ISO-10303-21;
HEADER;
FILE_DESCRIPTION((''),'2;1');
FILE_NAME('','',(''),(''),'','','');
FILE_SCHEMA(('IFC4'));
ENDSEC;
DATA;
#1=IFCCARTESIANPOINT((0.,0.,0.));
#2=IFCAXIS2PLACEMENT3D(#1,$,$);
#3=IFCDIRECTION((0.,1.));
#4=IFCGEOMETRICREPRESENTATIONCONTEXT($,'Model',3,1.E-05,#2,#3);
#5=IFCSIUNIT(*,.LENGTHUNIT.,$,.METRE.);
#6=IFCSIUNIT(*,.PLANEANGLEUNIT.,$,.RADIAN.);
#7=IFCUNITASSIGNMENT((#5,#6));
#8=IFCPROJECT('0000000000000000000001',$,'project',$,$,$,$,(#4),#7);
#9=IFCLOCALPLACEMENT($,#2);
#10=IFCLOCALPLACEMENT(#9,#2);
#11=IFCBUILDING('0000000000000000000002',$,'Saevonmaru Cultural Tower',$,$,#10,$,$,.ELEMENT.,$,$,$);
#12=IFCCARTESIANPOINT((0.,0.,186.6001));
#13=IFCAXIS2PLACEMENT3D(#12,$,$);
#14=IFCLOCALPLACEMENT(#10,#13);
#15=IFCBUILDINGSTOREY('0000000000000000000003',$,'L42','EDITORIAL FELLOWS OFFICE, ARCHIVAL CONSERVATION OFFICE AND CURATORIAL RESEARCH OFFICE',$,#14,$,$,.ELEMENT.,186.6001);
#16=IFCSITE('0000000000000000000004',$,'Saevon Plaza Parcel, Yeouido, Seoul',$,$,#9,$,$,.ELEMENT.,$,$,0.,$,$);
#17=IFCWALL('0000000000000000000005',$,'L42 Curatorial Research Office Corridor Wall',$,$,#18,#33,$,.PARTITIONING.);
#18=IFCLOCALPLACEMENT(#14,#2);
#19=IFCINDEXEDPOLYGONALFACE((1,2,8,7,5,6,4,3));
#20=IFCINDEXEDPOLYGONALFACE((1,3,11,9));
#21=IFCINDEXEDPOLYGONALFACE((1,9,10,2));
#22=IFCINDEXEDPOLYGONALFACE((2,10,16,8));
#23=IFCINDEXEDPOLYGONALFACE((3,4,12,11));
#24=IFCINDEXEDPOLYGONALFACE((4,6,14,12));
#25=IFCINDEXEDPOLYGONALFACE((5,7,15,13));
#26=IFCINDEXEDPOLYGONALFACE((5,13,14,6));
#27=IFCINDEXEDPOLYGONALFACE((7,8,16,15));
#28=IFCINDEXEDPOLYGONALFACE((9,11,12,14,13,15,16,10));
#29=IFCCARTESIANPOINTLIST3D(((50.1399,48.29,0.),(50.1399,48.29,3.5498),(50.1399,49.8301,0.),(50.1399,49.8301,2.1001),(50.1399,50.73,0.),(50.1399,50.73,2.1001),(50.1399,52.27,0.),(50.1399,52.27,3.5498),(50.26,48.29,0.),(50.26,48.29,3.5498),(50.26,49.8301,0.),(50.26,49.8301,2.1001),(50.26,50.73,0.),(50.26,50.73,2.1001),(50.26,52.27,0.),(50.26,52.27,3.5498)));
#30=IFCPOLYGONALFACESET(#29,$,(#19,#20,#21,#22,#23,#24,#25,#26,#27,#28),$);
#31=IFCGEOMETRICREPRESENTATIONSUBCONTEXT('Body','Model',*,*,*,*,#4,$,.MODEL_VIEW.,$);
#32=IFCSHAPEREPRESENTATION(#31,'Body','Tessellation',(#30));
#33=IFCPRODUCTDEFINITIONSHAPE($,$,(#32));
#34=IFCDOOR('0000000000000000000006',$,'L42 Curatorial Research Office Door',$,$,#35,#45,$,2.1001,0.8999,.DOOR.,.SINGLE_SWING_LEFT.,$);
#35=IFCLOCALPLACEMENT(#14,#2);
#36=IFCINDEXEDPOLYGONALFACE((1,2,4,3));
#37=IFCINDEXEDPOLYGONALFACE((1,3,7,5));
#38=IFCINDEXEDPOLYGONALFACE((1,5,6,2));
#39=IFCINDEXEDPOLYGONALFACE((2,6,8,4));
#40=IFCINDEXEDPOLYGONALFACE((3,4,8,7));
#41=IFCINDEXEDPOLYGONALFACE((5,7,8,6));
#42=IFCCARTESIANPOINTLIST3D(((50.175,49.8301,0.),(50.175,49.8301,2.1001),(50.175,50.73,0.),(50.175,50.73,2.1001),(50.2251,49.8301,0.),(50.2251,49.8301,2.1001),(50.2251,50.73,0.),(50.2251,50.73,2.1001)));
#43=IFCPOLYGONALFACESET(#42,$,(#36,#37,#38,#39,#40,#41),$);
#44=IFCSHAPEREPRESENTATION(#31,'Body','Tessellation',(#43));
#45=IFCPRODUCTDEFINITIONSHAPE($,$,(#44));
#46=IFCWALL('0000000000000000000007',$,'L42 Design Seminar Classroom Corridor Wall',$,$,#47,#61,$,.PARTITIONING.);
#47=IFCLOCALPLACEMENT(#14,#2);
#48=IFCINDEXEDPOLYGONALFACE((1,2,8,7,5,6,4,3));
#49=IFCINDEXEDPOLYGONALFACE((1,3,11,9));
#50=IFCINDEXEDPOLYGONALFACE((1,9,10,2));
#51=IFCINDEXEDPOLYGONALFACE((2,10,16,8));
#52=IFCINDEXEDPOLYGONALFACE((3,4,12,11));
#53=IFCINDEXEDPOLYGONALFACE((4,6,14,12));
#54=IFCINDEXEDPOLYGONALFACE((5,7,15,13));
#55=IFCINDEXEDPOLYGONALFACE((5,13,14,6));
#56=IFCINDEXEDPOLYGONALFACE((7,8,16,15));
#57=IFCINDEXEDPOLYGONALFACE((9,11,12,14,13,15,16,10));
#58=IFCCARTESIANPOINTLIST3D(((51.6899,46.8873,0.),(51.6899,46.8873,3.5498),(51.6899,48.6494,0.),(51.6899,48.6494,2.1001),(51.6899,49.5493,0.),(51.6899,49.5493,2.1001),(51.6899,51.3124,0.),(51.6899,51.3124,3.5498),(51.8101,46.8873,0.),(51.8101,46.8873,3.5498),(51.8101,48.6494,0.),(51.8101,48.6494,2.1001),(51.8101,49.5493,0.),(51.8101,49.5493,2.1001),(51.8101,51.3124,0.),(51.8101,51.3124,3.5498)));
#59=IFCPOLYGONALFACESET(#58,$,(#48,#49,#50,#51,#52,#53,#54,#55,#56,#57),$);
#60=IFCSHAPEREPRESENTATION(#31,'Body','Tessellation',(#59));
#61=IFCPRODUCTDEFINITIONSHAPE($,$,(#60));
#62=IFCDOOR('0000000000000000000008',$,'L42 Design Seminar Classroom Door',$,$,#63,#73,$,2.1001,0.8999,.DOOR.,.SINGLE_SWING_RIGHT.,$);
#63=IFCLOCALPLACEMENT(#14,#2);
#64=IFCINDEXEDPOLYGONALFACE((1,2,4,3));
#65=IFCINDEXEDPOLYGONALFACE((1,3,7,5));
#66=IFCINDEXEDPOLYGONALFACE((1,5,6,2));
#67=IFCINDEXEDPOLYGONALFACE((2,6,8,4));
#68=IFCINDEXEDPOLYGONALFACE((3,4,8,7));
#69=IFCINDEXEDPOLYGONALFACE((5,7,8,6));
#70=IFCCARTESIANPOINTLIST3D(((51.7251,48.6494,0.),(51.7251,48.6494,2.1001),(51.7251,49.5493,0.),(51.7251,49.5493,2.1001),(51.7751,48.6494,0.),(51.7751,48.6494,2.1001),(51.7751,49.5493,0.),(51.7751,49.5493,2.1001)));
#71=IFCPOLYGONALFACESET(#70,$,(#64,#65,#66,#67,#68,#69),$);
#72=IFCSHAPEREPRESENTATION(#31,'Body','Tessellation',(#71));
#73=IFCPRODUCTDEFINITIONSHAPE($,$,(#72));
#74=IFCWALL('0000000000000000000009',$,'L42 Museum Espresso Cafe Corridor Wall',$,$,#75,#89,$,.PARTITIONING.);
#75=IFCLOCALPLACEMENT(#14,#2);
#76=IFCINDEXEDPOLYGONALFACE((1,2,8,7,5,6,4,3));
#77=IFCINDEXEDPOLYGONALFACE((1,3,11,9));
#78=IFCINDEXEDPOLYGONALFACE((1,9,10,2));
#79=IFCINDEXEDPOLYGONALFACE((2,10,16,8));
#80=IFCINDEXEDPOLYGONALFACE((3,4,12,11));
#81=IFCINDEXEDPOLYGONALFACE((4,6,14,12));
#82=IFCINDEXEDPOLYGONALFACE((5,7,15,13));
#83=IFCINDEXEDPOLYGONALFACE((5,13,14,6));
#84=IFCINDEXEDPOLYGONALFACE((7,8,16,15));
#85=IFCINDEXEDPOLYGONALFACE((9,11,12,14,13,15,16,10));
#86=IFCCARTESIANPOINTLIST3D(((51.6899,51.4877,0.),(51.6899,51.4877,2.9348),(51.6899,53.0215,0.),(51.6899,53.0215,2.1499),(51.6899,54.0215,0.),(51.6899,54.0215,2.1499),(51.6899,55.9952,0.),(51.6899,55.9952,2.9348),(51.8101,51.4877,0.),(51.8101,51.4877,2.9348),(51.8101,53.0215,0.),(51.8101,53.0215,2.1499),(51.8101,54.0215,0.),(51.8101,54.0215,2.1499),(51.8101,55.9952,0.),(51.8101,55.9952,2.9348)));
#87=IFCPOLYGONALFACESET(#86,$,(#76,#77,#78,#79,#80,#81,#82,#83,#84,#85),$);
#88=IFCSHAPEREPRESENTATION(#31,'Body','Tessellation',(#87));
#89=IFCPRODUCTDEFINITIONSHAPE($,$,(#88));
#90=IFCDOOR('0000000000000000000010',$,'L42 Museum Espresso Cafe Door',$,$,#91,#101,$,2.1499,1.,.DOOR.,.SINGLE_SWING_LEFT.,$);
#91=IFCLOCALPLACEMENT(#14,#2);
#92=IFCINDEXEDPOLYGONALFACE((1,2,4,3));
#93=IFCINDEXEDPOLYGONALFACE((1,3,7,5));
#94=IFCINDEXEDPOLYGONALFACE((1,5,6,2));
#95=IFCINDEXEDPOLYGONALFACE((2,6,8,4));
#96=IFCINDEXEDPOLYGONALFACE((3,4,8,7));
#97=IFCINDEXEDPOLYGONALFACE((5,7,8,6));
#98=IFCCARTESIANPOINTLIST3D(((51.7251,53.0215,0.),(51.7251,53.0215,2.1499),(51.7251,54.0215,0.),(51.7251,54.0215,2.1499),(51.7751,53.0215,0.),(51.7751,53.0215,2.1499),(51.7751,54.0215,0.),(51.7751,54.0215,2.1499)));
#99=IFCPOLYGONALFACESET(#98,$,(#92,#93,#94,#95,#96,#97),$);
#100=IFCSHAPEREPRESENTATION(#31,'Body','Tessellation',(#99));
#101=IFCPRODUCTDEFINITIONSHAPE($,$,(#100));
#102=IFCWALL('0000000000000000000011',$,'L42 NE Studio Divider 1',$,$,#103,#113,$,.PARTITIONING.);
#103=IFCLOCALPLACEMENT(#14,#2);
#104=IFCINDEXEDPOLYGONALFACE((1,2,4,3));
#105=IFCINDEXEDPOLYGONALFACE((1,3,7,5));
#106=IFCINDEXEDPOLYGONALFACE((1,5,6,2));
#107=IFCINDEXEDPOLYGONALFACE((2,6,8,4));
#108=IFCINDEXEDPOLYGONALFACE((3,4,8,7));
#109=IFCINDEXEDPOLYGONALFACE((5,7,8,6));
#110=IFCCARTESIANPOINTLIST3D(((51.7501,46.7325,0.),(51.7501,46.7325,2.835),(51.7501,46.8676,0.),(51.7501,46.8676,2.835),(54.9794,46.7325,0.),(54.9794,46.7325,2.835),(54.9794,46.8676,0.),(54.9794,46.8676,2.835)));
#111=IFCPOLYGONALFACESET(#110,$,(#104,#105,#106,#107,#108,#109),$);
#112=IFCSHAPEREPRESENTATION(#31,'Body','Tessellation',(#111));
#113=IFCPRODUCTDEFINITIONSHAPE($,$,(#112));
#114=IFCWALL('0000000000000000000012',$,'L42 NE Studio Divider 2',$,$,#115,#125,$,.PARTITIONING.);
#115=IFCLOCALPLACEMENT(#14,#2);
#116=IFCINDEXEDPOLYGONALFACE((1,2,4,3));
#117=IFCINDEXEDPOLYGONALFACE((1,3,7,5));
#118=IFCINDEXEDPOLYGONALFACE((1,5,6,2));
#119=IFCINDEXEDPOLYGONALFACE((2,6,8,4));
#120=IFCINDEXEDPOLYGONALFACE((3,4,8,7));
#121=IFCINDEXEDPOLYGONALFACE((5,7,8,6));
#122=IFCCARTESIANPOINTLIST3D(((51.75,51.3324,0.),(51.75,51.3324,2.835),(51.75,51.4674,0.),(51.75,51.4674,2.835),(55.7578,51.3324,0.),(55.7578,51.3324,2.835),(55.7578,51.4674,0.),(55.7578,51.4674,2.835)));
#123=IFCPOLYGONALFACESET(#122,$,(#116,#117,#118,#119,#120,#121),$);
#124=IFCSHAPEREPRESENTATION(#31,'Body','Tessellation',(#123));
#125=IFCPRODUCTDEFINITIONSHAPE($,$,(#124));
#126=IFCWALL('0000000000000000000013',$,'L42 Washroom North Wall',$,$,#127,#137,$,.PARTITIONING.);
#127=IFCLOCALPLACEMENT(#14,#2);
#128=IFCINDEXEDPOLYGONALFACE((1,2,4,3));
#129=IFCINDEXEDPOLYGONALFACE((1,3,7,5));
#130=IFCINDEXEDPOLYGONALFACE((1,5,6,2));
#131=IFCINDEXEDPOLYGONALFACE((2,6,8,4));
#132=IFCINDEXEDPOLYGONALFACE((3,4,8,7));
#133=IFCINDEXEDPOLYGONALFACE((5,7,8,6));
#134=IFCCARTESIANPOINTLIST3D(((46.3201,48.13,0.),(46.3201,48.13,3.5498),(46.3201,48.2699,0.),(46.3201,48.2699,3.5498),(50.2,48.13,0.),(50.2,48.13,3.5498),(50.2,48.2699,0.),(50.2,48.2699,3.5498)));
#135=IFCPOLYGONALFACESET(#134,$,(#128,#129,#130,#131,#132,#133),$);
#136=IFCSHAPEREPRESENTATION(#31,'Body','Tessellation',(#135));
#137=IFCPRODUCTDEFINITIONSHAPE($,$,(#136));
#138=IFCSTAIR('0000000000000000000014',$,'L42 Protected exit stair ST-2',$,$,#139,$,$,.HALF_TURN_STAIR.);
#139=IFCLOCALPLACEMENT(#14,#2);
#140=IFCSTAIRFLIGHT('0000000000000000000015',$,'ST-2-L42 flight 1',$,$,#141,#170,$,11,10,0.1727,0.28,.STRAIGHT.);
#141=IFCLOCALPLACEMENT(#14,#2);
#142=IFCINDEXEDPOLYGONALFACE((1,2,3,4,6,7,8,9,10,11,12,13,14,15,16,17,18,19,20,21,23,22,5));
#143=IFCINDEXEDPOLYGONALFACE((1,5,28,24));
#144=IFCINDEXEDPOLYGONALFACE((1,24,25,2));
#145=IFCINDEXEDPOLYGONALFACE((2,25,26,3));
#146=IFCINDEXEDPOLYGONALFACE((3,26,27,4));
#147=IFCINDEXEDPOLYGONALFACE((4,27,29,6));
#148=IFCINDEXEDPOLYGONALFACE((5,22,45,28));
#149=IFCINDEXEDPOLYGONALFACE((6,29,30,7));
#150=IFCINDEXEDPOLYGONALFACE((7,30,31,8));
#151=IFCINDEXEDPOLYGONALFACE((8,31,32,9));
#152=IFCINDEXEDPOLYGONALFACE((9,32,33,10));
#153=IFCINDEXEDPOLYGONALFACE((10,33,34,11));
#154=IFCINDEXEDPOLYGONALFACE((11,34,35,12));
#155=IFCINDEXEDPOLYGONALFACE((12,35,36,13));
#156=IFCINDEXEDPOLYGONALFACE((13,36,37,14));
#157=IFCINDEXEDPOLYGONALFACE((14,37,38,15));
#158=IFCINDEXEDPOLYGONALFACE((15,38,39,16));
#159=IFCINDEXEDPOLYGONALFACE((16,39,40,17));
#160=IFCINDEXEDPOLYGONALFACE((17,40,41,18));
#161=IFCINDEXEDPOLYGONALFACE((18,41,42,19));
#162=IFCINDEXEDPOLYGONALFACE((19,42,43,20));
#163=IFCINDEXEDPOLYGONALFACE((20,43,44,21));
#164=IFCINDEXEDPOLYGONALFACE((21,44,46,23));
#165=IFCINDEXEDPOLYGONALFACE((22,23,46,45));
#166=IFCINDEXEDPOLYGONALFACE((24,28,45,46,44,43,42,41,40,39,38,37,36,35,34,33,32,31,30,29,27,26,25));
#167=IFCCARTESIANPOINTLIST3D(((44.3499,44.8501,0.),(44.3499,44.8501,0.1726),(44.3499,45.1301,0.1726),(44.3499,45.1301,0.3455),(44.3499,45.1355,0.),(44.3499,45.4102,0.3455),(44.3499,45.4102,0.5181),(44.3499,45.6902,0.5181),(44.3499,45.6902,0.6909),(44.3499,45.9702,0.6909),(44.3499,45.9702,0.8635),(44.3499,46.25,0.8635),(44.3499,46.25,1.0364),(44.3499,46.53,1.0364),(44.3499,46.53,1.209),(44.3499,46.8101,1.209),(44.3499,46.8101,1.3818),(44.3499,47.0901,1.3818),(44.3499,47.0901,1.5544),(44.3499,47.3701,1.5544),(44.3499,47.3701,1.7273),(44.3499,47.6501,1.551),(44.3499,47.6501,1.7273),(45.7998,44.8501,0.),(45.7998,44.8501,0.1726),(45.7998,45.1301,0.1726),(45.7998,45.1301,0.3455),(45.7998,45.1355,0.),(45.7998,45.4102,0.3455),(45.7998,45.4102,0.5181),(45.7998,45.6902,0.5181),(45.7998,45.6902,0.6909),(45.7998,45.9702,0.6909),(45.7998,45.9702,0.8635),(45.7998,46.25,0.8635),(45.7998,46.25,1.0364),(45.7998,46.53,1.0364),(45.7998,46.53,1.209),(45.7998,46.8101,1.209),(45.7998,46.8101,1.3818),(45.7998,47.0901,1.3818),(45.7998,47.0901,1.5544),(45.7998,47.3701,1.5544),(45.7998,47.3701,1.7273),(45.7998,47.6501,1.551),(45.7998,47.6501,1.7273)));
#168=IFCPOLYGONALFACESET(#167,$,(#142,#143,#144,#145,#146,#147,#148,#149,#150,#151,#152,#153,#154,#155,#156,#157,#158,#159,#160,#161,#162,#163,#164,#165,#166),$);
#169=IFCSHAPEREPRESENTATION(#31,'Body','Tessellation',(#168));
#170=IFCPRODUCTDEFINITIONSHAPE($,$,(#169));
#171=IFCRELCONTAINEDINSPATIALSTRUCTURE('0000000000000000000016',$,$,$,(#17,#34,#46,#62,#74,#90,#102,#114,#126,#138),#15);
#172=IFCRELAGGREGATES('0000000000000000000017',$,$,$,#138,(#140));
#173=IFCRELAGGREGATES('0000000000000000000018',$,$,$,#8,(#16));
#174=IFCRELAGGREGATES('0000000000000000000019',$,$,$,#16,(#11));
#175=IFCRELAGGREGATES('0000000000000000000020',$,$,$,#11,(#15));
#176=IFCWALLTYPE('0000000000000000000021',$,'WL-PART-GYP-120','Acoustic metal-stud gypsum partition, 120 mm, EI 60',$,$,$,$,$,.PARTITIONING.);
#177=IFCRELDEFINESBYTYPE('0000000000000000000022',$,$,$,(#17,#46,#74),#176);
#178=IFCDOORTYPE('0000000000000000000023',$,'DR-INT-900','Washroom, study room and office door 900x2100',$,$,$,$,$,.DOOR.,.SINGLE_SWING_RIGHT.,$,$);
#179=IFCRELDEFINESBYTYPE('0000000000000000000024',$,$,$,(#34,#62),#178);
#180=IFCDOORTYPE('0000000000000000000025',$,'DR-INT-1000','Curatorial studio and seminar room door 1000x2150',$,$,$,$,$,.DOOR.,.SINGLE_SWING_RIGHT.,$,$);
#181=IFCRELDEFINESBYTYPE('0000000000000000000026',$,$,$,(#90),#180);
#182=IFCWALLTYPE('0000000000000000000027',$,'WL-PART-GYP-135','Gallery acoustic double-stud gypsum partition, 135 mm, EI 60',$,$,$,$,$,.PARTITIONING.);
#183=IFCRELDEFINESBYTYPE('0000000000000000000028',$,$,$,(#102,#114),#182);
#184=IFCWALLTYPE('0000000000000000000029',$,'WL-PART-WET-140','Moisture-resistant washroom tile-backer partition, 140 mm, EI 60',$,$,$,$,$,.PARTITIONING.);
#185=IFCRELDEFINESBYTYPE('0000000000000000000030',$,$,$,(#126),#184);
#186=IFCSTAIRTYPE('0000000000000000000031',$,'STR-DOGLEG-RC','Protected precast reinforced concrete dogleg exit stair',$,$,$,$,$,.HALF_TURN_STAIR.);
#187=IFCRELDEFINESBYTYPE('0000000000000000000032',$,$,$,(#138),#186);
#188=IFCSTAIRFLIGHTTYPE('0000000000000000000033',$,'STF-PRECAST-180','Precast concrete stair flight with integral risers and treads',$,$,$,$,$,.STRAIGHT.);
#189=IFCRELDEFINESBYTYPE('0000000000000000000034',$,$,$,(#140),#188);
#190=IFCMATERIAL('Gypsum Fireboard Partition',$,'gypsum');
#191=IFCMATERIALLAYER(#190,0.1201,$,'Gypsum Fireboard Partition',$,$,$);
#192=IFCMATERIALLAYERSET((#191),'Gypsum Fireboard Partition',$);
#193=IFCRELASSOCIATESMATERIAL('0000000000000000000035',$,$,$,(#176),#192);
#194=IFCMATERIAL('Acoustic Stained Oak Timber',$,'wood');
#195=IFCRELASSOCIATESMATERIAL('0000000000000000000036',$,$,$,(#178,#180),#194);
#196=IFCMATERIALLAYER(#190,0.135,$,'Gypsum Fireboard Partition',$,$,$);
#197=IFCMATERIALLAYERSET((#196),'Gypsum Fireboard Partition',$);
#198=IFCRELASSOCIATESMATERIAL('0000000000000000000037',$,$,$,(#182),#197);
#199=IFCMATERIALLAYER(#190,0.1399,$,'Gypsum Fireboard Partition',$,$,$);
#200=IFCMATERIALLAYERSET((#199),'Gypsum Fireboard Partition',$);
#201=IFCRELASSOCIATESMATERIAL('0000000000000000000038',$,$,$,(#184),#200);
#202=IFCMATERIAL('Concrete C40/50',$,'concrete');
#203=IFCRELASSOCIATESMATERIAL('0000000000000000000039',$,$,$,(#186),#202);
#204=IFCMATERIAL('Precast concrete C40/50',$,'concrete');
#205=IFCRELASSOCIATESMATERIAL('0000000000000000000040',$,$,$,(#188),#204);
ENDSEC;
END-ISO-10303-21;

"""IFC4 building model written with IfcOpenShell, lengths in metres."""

from ifc_helpers import new_model, si_unit, direction, frame, frame_2d, origin, place, context, subcontext, project, spatial, polyline, rectangle, outline, extrude, material, layer, layer_set, type_object, element, fill, aggregate, save


model = new_model("IFC4")

# Units and contexts
model_context = context("Model", 3, precision=1e-05, world=origin(), true_north=direction((0.0, 1.0)))
body_context = subcontext(model_context, "Body", "Model", "MODEL_VIEW")
ifc_project = project(units=[si_unit("LENGTHUNIT", "METRE"), si_unit("PLANEANGLEUNIT", "RADIAN")], contexts=[model_context])

# Site, building, storey
site_placement = place(None, origin())
site = spatial("IfcSite", under=ifc_project, at=site_placement, Name="Saevon Plaza Parcel, Yeouido, Seoul", CompositionType="ELEMENT", RefElevation=0.0)
building_placement = place(site_placement, origin())
building = spatial("IfcBuilding", under=site, at=building_placement, Name="Saevonmaru Cultural Tower", CompositionType="ELEMENT")
storey_placement = place(building_placement, frame((0.0, 0.0, 186.6001)))
storey = spatial("IfcBuildingStorey", under=building, at=storey_placement, Name="L42", Description="EDITORIAL FELLOWS OFFICE, ARCHIVAL CONSERVATION OFFICE AND CURATORIAL RESEARCH OFFICE", CompositionType="ELEMENT", Elevation=186.6001)

# Walls, openings, doors
ifc_material_1 = material(Name="Gypsum Fireboard Partition", Category="gypsum")
ifc_layer_1 = layer(ifc_material_1, 0.1201, Name="Gypsum Fireboard Partition")
ifc_layer_set_1 = layer_set([ifc_layer_1], Name="Gypsum Fireboard Partition")
wall_type_1 = type_object("IfcWallType", Name="WL-PART-GYP-120", Description="Acoustic metal-stud gypsum partition, 120 mm, EI 60", PredefinedType="PARTITIONING", material=ifc_layer_set_1)
wall_1_placement = place(storey_placement, frame((50.2, 48.29, 0.0), z_axis=(0.0, 0.0, 1.0), x_axis=(0.0, 1.0, 0.0)))
wall_1 = element("IfcWall", 1, at=wall_1_placement, inside=storey, type_object=wall_type_1, Name="L42 Curatorial Research Office Corridor Wall", PredefinedType="PARTITIONING", context=body_context, shape_type="SweptSolid", body=[
    extrude(rectangle(XDim=3.98, YDim=0.1201, at=frame_2d((1.99, 0.0))), origin(), (0.0, 0.0, 1.0), 3.5498),
])
opening_1_placement = place(wall_1_placement, frame((1.54, 0.0, 0.0)))
opening_1 = element("IfcOpeningElement", 2, at=opening_1_placement, cuts=wall_1, PredefinedType="OPENING", context=body_context, shape_type="SweptSolid", body=[
    extrude(rectangle(XDim=0.8999, YDim=2.1001, at=frame_2d((0.45, 1.05))), frame((0.0, 0.0701, 0.0), z_axis=(0.0, -1.0, 0.0), x_axis=(1.0, 0.0, 0.0)), (0.0, 0.0, 1.0), 0.1401),
])
ifc_material_2 = material(Name="Acoustic Stained Oak Timber", Category="wood")
door_type_1 = type_object("IfcDoorType", Name="DR-INT-900", Description="Washroom, study room and office door 900x2100", OperationType="SINGLE_SWING_RIGHT", PredefinedType="DOOR", material=ifc_material_2)
door_1_placement = place(opening_1_placement, origin())
door_1 = element("IfcDoor", 3, at=door_1_placement, inside=storey, type_object=door_type_1, Name="L42 Curatorial Research Office Door", OperationType="SINGLE_SWING_LEFT", OverallHeight=2.1001, OverallWidth=0.8999, PredefinedType="DOOR", context=body_context, shape_type="SweptSolid", body=[
    extrude(rectangle(XDim=0.8999, YDim=2.1001, at=frame_2d((0.45, 1.05))), frame((0.0, 0.0249, 0.0), z_axis=(0.0, -1.0, 0.0), x_axis=(1.0, 0.0, 0.0)), (0.0, 0.0, 1.0), 0.05),
])
fill(opening_1, door_1)
wall_2_placement = place(storey_placement, frame((51.75, 46.8875, 0.0), z_axis=(0.0, 0.0, 1.0), x_axis=(0.0, 1.0, 0.0)))
wall_2 = element("IfcWall", 4, at=wall_2_placement, inside=storey, type_object=wall_type_1, Name="L42 Design Seminar Classroom Corridor Wall", PredefinedType="PARTITIONING", context=body_context, shape_type="SweptSolid", body=[
    extrude(rectangle(XDim=4.425, YDim=0.1201, at=frame_2d((2.2124, 0.0))), origin(), (0.0, 0.0, 1.0), 3.5498),
])
opening_2_placement = place(wall_2_placement, frame((1.762, 0.0, 0.0)))
opening_2 = element("IfcOpeningElement", 5, at=opening_2_placement, cuts=wall_2, PredefinedType="OPENING", context=body_context, shape_type="SweptSolid", body=[
    extrude(rectangle(XDim=0.8999, YDim=2.1001, at=frame_2d((0.45, 1.05))), frame((0.0, 0.0701, 0.0), z_axis=(0.0, -1.0, 0.0), x_axis=(1.0, 0.0, 0.0)), (0.0, 0.0, 1.0), 0.1401),
])
door_2_placement = place(opening_2_placement, origin())
door_2 = element("IfcDoor", 6, at=door_2_placement, inside=storey, type_object=door_type_1, Name="L42 Design Seminar Classroom Door", OperationType="SINGLE_SWING_RIGHT", OverallHeight=2.1001, OverallWidth=0.8999, PredefinedType="DOOR", context=body_context, shape_type="SweptSolid", body=[
    extrude(rectangle(XDim=0.8999, YDim=2.1001, at=frame_2d((0.45, 1.05))), frame((0.0, 0.0249, 0.0), z_axis=(0.0, -1.0, 0.0), x_axis=(1.0, 0.0, 0.0)), (0.0, 0.0, 1.0), 0.05),
])
fill(opening_2, door_2)
wall_3_placement = place(storey_placement, frame((51.75, 51.4875, 0.0), z_axis=(0.0, 0.0, 1.0), x_axis=(0.0, 1.0, 0.0)))
wall_3 = element("IfcWall", 7, at=wall_3_placement, inside=storey, type_object=wall_type_1, Name="L42 Museum Espresso Cafe Corridor Wall", PredefinedType="PARTITIONING", context=body_context, shape_type="SweptSolid", body=[
    extrude(rectangle(XDim=4.5076, YDim=0.1201, at=frame_2d((2.2539, 0.0))), origin(), (0.0, 0.0, 1.0), 2.9348),
])
opening_3_placement = place(wall_3_placement, frame((1.5339, 0.0, 0.0)))
opening_3 = element("IfcOpeningElement", 8, at=opening_3_placement, cuts=wall_3, PredefinedType="OPENING", context=body_context, shape_type="SweptSolid", body=[
    extrude(rectangle(XDim=1.0, YDim=2.1499, at=frame_2d((0.5, 1.075))), frame((0.0, 0.0701, 0.0), z_axis=(0.0, -1.0, 0.0), x_axis=(1.0, 0.0, 0.0)), (0.0, 0.0, 1.0), 0.1401),
])
door_type_2 = type_object("IfcDoorType", Name="DR-INT-1000", Description="Curatorial studio and seminar room door 1000x2150", OperationType="SINGLE_SWING_RIGHT", PredefinedType="DOOR", material=ifc_material_2)
door_3_placement = place(opening_3_placement, origin())
door_3 = element("IfcDoor", 9, at=door_3_placement, inside=storey, type_object=door_type_2, Name="L42 Museum Espresso Cafe Door", OperationType="SINGLE_SWING_LEFT", OverallHeight=2.1499, OverallWidth=1.0, PredefinedType="DOOR", context=body_context, shape_type="SweptSolid", body=[
    extrude(rectangle(XDim=1.0, YDim=2.1499, at=frame_2d((0.5, 1.075))), frame((0.0, 0.0249, 0.0), z_axis=(0.0, -1.0, 0.0), x_axis=(1.0, 0.0, 0.0)), (0.0, 0.0, 1.0), 0.05),
])
fill(opening_3, door_3)

# Walls
ifc_layer_2 = layer(ifc_material_1, 0.135, Name="Gypsum Fireboard Partition")
ifc_layer_set_2 = layer_set([ifc_layer_2], Name="Gypsum Fireboard Partition")
wall_type_2 = type_object("IfcWallType", Name="WL-PART-GYP-135", Description="Gallery acoustic double-stud gypsum partition, 135 mm, EI 60", PredefinedType="PARTITIONING", material=ifc_layer_set_2)
wall_4_placement = place(storey_placement, frame((51.75, 46.8, 0.0), z_axis=(0.0, 0.0, 1.0), x_axis=(1.0, 0.0, 0.0)))
element("IfcWall", 10, at=wall_4_placement, inside=storey, type_object=wall_type_2, Name="L42 NE Studio Divider 1", PredefinedType="PARTITIONING", context=body_context, shape_type="SweptSolid", body=[
    extrude(rectangle(XDim=3.2292, YDim=0.135, at=frame_2d((1.6147, 0.0))), origin(), (0.0, 0.0, 1.0), 2.835),
])
wall_5_placement = place(storey_placement, frame((51.75, 51.3999, 0.0), z_axis=(0.0, 0.0, 1.0), x_axis=(1.0, 0.0, 0.0)))
element("IfcWall", 11, at=wall_5_placement, inside=storey, type_object=wall_type_2, Name="L42 NE Studio Divider 2", PredefinedType="PARTITIONING", context=body_context, shape_type="SweptSolid", body=[
    extrude(rectangle(XDim=4.0078, YDim=0.135, at=frame_2d((2.0039, 0.0))), origin(), (0.0, 0.0, 1.0), 2.835),
])
ifc_layer_3 = layer(ifc_material_1, 0.1399, Name="Gypsum Fireboard Partition")
ifc_layer_set_3 = layer_set([ifc_layer_3], Name="Gypsum Fireboard Partition")
wall_type_3 = type_object("IfcWallType", Name="WL-PART-WET-140", Description="Moisture-resistant washroom tile-backer partition, 140 mm, EI 60", PredefinedType="PARTITIONING", material=ifc_layer_set_3)
wall_6_placement = place(storey_placement, frame((46.3201, 48.2, 0.0), z_axis=(0.0, 0.0, 1.0), x_axis=(1.0, 0.0, 0.0)))
element("IfcWall", 12, at=wall_6_placement, inside=storey, type_object=wall_type_3, Name="L42 Washroom North Wall", PredefinedType="PARTITIONING", context=body_context, shape_type="SweptSolid", body=[
    extrude(rectangle(XDim=3.8799, YDim=0.1399, at=frame_2d((1.9399, 0.0))), origin(), (0.0, 0.0, 1.0), 3.5498),
])

# Stair, stair flight
ifc_material_3 = material(Name="Concrete C40/50", Category="concrete")
stair_type = type_object("IfcStairType", Name="STR-DOGLEG-RC", Description="Protected precast reinforced concrete dogleg exit stair", PredefinedType="HALF_TURN_STAIR", material=ifc_material_3)
stair_placement = place(storey_placement, origin())
stair = element("IfcStair", 13, at=stair_placement, inside=storey, type_object=stair_type, Name="L42 Protected exit stair ST-2", PredefinedType="HALF_TURN_STAIR")
ifc_material_4 = material(Name="Precast concrete C40/50", Category="concrete")
stair_flight_type = type_object("IfcStairFlightType", Name="STF-PRECAST-180", Description="Precast concrete stair flight with integral risers and treads", PredefinedType="STRAIGHT", material=ifc_material_4)
stair_flight_placement = place(storey_placement, frame((45.075, 44.8501, 0.0), z_axis=(0.0, 0.0, 1.0), x_axis=(0.0, 1.0, 0.0)))
stair_flight = element("IfcStairFlight", 14, at=stair_flight_placement, type_object=stair_flight_type, Name="ST-2-L42 flight 1", NumberOfRisers=11, NumberOfTreads=10, PredefinedType="STRAIGHT", RiserHeight=0.1727, TreadLength=0.28, context=body_context, shape_type="SweptSolid", body=[
    extrude(outline(polyline([(0.0, 0.0), (0.0, 0.1726), (0.28, 0.1726), (0.28, 0.3455), (0.5601, 0.3455), (0.5601, 0.5181), (0.8401, 0.5181), (0.8401, 0.6909), (1.1201, 0.6909), (1.1201, 0.8635), (1.3999, 0.8635), (1.3999, 1.0364), (1.6799, 1.0364), (1.6799, 1.209), (1.96, 1.209), (1.96, 1.3818), (2.24, 1.3818), (2.24, 1.5544), (2.52, 1.5544), (2.52, 1.7273), (2.8, 1.7273), (2.8, 1.8999), (2.8, 1.551), (0.2854, 0.0), (0.0, 0.0)])), frame((0.0, 0.7251, 0.0), z_axis=(0.0, -1.0, 0.0), x_axis=(1.0, 0.0, 0.0)), (0.0, 0.0, 1.0), 1.45),
])
aggregate(stair, [stair_flight])

save(model, "model.ifc")
